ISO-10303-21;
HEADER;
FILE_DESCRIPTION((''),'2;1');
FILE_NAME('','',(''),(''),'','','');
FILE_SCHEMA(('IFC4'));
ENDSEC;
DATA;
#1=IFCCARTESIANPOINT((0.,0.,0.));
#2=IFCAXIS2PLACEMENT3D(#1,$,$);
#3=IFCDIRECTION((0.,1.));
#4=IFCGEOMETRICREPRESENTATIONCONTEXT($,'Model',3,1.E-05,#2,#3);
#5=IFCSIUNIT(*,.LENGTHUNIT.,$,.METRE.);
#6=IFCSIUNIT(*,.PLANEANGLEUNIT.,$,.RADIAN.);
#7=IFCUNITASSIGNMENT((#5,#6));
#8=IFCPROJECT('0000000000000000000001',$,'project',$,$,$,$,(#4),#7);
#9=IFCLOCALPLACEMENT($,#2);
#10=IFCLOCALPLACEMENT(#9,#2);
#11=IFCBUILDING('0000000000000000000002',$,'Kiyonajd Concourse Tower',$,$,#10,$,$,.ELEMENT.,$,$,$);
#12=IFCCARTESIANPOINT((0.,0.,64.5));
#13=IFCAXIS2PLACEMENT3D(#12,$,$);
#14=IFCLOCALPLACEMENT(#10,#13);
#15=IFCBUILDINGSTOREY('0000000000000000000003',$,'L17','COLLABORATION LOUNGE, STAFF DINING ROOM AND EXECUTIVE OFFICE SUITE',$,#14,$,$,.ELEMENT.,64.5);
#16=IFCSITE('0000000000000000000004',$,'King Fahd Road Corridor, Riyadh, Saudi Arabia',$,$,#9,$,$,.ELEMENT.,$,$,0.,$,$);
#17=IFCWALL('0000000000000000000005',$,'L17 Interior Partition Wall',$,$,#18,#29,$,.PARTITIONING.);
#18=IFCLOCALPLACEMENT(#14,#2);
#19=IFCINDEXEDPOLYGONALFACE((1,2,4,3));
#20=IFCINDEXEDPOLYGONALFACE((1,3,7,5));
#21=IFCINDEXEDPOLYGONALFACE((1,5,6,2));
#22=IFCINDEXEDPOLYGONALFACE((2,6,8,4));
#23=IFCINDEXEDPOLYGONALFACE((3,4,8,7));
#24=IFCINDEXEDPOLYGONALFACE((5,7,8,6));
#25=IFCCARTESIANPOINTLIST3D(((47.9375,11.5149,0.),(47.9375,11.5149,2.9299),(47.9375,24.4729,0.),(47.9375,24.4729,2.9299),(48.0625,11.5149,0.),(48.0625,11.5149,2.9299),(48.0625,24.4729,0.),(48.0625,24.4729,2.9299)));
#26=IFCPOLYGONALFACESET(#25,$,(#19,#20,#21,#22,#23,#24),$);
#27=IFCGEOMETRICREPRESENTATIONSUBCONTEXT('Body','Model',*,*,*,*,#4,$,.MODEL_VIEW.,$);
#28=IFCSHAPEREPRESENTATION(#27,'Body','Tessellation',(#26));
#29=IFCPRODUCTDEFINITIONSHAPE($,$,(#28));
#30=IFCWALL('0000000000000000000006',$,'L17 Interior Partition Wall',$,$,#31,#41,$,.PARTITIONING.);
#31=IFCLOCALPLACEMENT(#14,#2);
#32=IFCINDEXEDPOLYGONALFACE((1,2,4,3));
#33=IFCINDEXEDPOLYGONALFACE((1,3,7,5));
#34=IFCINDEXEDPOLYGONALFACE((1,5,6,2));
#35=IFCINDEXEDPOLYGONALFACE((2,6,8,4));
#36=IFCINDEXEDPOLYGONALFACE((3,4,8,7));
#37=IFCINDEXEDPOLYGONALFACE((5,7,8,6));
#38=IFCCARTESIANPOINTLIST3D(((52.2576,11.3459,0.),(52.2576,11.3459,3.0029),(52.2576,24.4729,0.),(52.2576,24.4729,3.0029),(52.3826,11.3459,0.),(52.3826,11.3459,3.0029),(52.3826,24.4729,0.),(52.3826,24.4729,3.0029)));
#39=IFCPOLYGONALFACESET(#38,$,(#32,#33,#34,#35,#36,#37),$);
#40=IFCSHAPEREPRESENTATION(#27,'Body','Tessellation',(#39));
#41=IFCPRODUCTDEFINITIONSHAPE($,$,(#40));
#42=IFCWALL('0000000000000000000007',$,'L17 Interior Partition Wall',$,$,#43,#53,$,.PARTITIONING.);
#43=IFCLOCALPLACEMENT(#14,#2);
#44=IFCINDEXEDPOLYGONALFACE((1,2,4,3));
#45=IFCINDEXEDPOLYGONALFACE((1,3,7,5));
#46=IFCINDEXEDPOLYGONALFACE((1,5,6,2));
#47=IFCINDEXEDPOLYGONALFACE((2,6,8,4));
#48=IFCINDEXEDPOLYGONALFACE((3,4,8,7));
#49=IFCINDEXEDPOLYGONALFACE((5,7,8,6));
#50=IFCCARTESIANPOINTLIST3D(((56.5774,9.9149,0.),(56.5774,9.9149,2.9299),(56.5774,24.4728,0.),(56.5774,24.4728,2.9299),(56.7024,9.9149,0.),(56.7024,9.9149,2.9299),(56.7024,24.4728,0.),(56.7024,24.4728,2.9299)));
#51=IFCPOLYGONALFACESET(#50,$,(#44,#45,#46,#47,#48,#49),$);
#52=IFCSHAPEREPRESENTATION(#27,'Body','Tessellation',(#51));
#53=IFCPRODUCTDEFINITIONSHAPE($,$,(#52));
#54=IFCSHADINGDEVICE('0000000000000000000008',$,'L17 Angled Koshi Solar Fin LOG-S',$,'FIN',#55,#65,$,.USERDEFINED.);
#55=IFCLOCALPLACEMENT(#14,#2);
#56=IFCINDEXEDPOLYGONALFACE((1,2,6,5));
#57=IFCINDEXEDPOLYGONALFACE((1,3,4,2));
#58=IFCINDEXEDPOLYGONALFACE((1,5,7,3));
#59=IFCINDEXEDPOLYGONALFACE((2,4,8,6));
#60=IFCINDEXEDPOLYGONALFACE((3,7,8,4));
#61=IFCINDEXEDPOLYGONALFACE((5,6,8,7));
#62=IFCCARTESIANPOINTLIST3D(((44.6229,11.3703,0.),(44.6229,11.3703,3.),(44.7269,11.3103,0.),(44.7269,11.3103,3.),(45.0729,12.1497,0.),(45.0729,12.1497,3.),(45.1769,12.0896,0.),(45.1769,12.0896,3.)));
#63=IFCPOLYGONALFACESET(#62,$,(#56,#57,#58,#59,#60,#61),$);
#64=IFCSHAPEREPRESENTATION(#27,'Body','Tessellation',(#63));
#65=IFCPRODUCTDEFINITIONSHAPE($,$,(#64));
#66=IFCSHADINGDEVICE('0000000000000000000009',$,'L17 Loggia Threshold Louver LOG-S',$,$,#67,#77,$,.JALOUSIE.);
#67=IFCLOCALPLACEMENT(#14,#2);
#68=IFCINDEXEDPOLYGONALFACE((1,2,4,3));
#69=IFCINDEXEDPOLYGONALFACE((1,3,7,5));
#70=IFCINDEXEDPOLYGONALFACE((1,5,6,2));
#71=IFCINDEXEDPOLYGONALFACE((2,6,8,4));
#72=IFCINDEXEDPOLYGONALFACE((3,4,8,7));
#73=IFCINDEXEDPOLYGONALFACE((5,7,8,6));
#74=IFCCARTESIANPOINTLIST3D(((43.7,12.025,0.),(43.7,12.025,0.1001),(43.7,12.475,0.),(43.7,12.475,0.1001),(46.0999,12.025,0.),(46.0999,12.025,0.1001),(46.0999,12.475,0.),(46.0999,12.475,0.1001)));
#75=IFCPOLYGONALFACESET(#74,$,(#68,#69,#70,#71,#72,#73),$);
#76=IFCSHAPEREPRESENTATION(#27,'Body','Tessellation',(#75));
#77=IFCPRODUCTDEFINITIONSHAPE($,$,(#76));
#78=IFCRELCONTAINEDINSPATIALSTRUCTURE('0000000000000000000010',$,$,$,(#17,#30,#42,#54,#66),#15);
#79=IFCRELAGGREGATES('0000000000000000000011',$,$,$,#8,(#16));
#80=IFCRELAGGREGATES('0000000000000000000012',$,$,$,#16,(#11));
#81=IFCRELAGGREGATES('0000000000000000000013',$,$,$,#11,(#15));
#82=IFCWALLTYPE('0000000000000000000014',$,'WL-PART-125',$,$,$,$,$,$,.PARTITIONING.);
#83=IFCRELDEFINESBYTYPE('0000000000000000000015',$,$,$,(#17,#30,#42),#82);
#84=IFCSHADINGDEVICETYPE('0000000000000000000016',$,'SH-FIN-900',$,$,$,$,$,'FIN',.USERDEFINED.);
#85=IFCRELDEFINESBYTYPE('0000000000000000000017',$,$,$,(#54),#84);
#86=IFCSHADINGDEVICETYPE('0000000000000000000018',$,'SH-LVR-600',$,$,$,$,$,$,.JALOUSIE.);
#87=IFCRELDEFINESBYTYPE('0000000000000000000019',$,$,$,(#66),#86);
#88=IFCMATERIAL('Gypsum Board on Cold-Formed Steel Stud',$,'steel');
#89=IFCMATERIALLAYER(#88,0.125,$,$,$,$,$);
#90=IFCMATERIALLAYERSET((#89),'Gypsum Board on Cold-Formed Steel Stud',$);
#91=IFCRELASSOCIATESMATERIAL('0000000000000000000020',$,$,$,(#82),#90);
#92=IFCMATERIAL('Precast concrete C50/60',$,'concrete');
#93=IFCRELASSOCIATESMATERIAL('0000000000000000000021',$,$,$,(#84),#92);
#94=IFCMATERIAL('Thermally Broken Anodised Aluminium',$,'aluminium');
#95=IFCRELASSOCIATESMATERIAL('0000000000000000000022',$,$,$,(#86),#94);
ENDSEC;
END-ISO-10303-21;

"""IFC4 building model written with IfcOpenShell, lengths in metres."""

from ifc_helpers import new_model, si_unit, direction, frame, frame_2d, origin, origin_2d, place, context, subcontext, project, spatial, rectangle, extrude, material, layer, layer_set, type_object, element, save


model = new_model("IFC4")

# Units and contexts
model_context = context("Model", 3, precision=1e-05, world=origin(), true_north=direction((0.0, 1.0)))
body_context = subcontext(model_context, "Body", "Model", "MODEL_VIEW")
ifc_project = project(units=[si_unit("LENGTHUNIT", "METRE"), si_unit("PLANEANGLEUNIT", "RADIAN")], contexts=[model_context])

# Site, building, storey
site_placement = place(None, origin())
site = spatial("IfcSite", under=ifc_project, at=site_placement, Name="King Fahd Road Corridor, Riyadh, Saudi Arabia", CompositionType="ELEMENT", RefElevation=0.0)
building_placement = place(site_placement, origin())
building = spatial("IfcBuilding", under=site, at=building_placement, Name="Kiyonajd Concourse Tower", CompositionType="ELEMENT")
storey_placement = place(building_placement, frame((0.0, 0.0, 64.5)))
storey = spatial("IfcBuildingStorey", under=building, at=storey_placement, Name="L17", Description="COLLABORATION LOUNGE, STAFF DINING ROOM AND EXECUTIVE OFFICE SUITE", CompositionType="ELEMENT", Elevation=64.5)

# Shared definitions
ifc_material_1 = material(Name="Precast concrete C50/60", Category="concrete")

# Shared definitions
ifc_material_2 = material(Name="Thermally Broken Anodised Aluminium", Category="aluminium")

# Walls
ifc_material_3 = material(Name="Gypsum Board on Cold-Formed Steel Stud", Category="steel")
ifc_layer_1 = layer(ifc_material_3, 0.125)
ifc_layer_set_1 = layer_set([ifc_layer_1], Name="Gypsum Board on Cold-Formed Steel Stud")
wall_type_1 = type_object("IfcWallType", Name="WL-PART-125", PredefinedType="PARTITIONING", material=ifc_layer_set_1)
wall_1_placement = place(storey_placement, frame((48.0, 11.5149, 0.0), z_axis=(0.0, 0.0, 1.0), x_axis=(0.0, 1.0, 0.0)))
element("IfcWall", 1, at=wall_1_placement, inside=storey, type_object=wall_type_1, Name="L17 Interior Partition Wall", PredefinedType="PARTITIONING", context=body_context, shape_type="SweptSolid", body=[
    extrude(rectangle(XDim=12.958, YDim=0.125, at=frame_2d((6.479, 0.0))), origin(), (0.0, 0.0, 1.0), 2.9299),
])
wall_2_placement = place(storey_placement, frame((52.3201, 11.3459, 0.0), z_axis=(0.0, 0.0, 1.0), x_axis=(0.0, 1.0, 0.0)))
element("IfcWall", 2, at=wall_2_placement, inside=storey, type_object=wall_type_1, Name="L17 Interior Partition Wall", PredefinedType="PARTITIONING", context=body_context, shape_type="SweptSolid", body=[
    extrude(rectangle(XDim=13.127, YDim=0.125, at=frame_2d((6.5635, 0.0))), origin(), (0.0, 0.0, 1.0), 3.0029),
])
wall_3_placement = place(storey_placement, frame((56.6399, 9.915, 0.0), z_axis=(0.0, 0.0, 1.0), x_axis=(0.0, 1.0, 0.0)))
element("IfcWall", 3, at=wall_3_placement, inside=storey, type_object=wall_type_1, Name="L17 Interior Partition Wall", PredefinedType="PARTITIONING", context=body_context, shape_type="SweptSolid", body=[
    extrude(rectangle(XDim=14.5579, YDim=0.125, at=frame_2d((7.2788, 0.0))), origin(), (0.0, 0.0, 1.0), 2.9299),
])

# Shading devices
shading_device_type_1 = type_object("IfcShadingDeviceType", Name="SH-FIN-900", ElementType="FIN", PredefinedType="USERDEFINED", material=ifc_material_1)
shading_device_1_placement = place(storey_placement, frame((44.8999, 11.73, 0.0), z_axis=(0.0, 0.0, 1.0), x_axis=(0.5, 0.866025, 0.0)))
element("IfcShadingDevice", 4, at=shading_device_1_placement, inside=storey, type_object=shading_device_type_1, Name="L17 Angled Koshi Solar Fin LOG-S", ObjectType="FIN", PredefinedType="USERDEFINED", context=body_context, shape_type="SweptSolid", body=[
    extrude(rectangle(XDim=0.8999, YDim=0.1201, at=origin_2d()), origin(), (0.0, 0.0, 1.0), 3.0),
])
shading_device_type_2 = type_object("IfcShadingDeviceType", Name="SH-LVR-600", PredefinedType="JALOUSIE", material=ifc_material_2)
shading_device_2_placement = place(storey_placement, frame((44.8999, 12.25, 0.0), z_axis=(0.0, 0.0, 1.0), x_axis=(1.0, 0.0, 0.0)))
element("IfcShadingDevice", 5, at=shading_device_2_placement, inside=storey, type_object=shading_device_type_2, Name="L17 Loggia Threshold Louver LOG-S", PredefinedType="JALOUSIE", context=body_context, shape_type="SweptSolid", body=[
    extrude(rectangle(XDim=2.3999, YDim=0.45, at=origin_2d()), origin(), (0.0, 0.0, 1.0), 0.1001),
])

save(model, "model.ifc")
